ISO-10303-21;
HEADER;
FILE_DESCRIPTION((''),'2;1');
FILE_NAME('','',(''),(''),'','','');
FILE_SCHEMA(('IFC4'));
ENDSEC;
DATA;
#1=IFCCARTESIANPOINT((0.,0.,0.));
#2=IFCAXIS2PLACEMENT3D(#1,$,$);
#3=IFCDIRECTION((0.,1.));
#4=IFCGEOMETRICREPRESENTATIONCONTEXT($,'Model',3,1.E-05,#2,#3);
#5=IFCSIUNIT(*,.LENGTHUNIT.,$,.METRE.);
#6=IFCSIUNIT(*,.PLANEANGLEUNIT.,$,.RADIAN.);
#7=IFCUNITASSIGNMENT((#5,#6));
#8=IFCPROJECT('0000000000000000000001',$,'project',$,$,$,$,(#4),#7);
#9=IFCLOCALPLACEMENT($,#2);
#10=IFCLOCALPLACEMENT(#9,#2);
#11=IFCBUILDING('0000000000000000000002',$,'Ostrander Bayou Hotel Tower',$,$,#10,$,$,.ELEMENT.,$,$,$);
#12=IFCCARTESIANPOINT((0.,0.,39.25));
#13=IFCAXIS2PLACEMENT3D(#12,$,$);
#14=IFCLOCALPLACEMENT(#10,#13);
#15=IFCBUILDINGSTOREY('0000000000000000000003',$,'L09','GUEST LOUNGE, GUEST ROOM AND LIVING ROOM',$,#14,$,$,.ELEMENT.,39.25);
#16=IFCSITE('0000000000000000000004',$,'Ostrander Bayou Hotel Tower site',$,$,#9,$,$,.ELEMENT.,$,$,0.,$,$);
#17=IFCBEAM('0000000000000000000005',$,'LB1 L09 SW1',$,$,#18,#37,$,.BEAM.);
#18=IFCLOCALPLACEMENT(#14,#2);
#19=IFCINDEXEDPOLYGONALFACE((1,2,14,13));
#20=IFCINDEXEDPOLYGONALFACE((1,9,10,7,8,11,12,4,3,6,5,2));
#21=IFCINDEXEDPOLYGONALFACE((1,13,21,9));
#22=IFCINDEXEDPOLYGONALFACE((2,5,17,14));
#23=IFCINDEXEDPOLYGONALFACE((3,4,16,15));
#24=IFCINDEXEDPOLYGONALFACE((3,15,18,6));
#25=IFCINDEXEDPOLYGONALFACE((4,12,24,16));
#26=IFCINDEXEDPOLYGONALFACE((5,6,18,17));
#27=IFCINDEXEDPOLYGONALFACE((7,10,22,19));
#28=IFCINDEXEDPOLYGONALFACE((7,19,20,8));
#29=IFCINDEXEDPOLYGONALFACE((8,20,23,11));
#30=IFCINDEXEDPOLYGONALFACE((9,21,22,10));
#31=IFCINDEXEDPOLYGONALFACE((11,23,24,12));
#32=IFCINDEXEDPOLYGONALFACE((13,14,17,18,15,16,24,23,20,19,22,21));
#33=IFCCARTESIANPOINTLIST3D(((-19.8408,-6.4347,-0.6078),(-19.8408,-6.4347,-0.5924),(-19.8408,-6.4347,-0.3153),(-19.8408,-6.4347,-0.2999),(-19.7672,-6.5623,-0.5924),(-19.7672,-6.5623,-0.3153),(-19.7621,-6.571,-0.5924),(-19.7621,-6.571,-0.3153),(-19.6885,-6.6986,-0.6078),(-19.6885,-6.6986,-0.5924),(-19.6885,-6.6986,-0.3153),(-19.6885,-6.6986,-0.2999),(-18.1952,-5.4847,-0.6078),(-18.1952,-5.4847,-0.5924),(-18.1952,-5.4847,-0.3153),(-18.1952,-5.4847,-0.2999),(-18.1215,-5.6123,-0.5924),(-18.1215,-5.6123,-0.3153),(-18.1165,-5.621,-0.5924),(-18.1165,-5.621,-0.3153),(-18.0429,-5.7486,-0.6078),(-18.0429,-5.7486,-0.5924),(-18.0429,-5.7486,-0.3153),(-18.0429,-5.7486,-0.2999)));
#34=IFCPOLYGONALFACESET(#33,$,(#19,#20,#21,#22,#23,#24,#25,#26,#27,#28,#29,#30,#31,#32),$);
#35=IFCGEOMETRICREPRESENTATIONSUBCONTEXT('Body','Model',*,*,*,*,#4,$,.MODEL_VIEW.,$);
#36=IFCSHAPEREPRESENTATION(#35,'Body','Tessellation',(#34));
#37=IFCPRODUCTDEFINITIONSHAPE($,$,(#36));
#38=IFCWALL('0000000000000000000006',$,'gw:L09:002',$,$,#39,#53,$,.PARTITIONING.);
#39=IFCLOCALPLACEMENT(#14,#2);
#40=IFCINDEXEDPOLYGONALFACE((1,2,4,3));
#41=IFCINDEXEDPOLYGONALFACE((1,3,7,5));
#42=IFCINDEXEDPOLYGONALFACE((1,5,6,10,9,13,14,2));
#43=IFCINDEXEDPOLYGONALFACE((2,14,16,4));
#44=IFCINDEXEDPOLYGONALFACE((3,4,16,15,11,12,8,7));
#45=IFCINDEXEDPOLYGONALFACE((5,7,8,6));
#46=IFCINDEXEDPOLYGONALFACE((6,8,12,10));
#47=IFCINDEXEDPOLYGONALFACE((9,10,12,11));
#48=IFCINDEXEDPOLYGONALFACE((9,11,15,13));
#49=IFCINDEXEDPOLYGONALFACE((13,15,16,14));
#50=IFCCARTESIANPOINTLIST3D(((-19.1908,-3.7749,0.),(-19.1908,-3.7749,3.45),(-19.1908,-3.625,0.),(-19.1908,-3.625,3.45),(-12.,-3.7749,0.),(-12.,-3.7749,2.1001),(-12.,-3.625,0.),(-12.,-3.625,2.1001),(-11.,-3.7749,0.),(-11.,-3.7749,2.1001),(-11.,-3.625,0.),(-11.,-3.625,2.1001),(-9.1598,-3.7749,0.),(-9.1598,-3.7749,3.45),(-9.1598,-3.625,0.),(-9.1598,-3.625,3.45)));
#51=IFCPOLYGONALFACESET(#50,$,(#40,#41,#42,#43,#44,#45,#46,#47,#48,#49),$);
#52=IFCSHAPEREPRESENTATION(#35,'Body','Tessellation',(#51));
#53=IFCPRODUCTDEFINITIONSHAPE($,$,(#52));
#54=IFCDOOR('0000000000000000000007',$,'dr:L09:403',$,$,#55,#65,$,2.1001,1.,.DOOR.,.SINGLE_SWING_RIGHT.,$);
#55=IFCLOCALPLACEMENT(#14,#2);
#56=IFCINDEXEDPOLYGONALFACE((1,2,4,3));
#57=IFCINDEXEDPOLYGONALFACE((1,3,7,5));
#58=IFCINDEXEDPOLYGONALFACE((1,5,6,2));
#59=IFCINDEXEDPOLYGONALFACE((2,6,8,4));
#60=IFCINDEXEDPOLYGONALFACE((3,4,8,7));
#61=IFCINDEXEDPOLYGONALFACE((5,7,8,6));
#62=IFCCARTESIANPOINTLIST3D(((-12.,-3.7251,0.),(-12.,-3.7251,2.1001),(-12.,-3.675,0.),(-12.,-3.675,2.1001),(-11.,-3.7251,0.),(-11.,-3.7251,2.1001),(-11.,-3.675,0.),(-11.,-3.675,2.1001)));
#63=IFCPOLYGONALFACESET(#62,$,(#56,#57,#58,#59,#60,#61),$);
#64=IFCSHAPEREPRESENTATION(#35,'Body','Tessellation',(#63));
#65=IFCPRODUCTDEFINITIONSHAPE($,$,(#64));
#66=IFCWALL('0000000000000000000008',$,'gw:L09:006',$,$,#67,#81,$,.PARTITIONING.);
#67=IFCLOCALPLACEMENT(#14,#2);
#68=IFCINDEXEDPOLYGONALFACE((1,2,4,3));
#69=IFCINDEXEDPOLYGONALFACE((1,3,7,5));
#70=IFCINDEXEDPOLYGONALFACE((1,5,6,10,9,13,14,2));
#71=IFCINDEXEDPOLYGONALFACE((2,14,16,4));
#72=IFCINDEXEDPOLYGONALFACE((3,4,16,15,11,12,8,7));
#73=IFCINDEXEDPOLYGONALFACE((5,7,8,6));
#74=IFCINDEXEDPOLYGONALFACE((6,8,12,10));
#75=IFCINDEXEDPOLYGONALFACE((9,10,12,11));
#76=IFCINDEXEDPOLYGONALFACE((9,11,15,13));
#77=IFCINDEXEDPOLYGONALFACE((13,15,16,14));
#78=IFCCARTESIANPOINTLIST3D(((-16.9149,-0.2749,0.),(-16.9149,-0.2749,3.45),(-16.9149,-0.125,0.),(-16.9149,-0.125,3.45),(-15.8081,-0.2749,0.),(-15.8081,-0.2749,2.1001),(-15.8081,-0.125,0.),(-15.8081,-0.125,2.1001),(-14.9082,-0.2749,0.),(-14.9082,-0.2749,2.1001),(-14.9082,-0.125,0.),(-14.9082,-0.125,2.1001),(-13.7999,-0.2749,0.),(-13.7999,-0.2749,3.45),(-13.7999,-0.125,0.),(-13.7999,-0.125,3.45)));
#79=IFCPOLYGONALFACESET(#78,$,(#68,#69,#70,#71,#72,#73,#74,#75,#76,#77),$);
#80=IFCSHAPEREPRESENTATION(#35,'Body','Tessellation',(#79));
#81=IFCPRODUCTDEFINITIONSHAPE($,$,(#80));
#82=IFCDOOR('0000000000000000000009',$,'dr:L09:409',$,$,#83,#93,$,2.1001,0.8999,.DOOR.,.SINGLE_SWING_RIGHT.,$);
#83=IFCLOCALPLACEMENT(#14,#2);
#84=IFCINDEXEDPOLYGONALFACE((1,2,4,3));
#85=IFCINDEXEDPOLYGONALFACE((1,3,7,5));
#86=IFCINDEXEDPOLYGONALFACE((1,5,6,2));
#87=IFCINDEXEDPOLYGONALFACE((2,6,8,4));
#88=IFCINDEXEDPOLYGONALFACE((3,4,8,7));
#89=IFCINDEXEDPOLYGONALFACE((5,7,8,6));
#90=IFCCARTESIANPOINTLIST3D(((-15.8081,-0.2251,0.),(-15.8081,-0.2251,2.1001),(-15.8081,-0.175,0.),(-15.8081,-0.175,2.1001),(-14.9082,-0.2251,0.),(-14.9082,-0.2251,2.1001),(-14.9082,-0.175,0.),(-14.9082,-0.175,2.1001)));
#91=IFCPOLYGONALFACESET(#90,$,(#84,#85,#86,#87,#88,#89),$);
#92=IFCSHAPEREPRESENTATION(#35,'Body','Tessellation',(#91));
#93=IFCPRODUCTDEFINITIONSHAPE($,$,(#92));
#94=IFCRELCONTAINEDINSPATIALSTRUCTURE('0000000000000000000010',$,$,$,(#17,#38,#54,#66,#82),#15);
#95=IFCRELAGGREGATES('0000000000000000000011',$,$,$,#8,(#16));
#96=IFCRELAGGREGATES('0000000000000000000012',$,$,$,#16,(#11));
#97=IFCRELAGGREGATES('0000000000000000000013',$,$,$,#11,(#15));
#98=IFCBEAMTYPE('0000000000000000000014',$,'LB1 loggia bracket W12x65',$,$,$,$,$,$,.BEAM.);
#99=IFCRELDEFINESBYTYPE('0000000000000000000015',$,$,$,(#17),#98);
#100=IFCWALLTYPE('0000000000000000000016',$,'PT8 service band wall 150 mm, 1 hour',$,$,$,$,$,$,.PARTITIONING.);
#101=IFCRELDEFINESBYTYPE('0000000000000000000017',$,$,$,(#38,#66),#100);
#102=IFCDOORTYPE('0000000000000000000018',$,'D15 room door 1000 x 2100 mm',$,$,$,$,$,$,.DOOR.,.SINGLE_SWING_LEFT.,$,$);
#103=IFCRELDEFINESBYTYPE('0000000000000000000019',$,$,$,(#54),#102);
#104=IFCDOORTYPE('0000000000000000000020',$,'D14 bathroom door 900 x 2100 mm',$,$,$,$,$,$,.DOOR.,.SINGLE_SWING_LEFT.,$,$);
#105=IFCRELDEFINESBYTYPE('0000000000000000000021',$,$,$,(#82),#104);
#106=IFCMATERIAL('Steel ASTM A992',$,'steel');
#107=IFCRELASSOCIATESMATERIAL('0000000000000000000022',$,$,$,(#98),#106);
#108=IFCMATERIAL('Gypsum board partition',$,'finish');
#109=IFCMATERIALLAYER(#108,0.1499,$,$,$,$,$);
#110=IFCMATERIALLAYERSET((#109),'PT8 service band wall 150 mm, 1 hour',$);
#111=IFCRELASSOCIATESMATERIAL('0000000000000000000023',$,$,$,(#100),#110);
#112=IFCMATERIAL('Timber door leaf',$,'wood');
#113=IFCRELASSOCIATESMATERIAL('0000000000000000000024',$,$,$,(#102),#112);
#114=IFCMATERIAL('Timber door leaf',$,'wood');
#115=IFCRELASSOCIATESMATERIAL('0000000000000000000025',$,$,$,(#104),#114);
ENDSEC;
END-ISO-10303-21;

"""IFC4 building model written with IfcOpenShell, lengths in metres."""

from ifc_helpers import new_model, si_unit, direction, frame, frame_2d, origin, origin_2d, place, context, subcontext, project, spatial, rectangle, i_section, extrude, material, layer, layer_set, material_profile, profile_set, type_object, element, fill, save


model = new_model("IFC4")

# Units and contexts
model_context = context("Model", 3, precision=1e-05, world=origin(), true_north=direction((0.0, 1.0)))
body_context = subcontext(model_context, "Body", "Model", "MODEL_VIEW")
ifc_project = project(units=[si_unit("LENGTHUNIT", "METRE"), si_unit("PLANEANGLEUNIT", "RADIAN")], contexts=[model_context])

# Site, building, storey
site_placement = place(None, origin())
site = spatial("IfcSite", under=ifc_project, at=site_placement, Name="Ostrander Bayou Hotel Tower site", CompositionType="ELEMENT", RefElevation=0.0)
building_placement = place(site_placement, origin())
building = spatial("IfcBuilding", under=site, at=building_placement, Name="Ostrander Bayou Hotel Tower", CompositionType="ELEMENT")
storey_placement = place(building_placement, frame((0.0, 0.0, 39.25)))
storey = spatial("IfcBuildingStorey", under=building, at=storey_placement, Name="L09", Description="GUEST LOUNGE, GUEST ROOM AND LIVING ROOM", CompositionType="ELEMENT", Elevation=39.25)

# Beam
ifc_material_1 = material(Name="Steel ASTM A992", Category="steel")
ifc_material_profile = material_profile(ifc_material_1, i_section(OverallWidth=0.3047, OverallDepth=0.3079, WebThickness=0.01, FlangeThickness=0.0154, at=origin_2d()))
ifc_profile_set = profile_set([ifc_material_profile], Name="Steel ASTM A992")
beam_type = type_object("IfcBeamType", Name="LB1 loggia bracket W12x65", PredefinedType="BEAM", material=ifc_profile_set)
beam_placement = place(storey_placement, frame((-19.7646, -6.5667, -0.4539), z_axis=(0.866044, 0.499967, 0.0), x_axis=(-0.499967, 0.866044, 0.0)))
element("IfcBeam", 1, at=beam_placement, inside=storey, type_object=beam_type, Name="LB1 L09 SW1", PredefinedType="BEAM", context=body_context, shape_type="SweptSolid", body=[
    extrude(i_section(OverallWidth=0.3047, OverallDepth=0.3079, WebThickness=0.01, FlangeThickness=0.0154, at=origin_2d()), origin(), (0.0, 0.0, 1.0), 1.9001),
])

# Walls, openings, doors
ifc_material_2 = material(Name="Gypsum board partition", Category="finish")
ifc_layer_1 = layer(ifc_material_2, 0.1499)
ifc_layer_set_1 = layer_set([ifc_layer_1], Name="PT8 service band wall 150 mm, 1 hour")
wall_type_1 = type_object("IfcWallType", Name="PT8 service band wall 150 mm, 1 hour", PredefinedType="PARTITIONING", material=ifc_layer_set_1)
wall_1_placement = place(storey_placement, frame((-19.1909, -3.7, 0.0), z_axis=(0.0, 0.0, 1.0), x_axis=(1.0, 0.0, 0.0)))
wall_1 = element("IfcWall", 2, at=wall_1_placement, inside=storey, type_object=wall_type_1, Name="gw:L09:002", PredefinedType="PARTITIONING", context=body_context, shape_type="SweptSolid", body=[
    extrude(rectangle(XDim=10.031, YDim=0.1499, at=frame_2d((5.0156, 0.0))), origin(), (0.0, 0.0, 1.0), 3.45),
])
opening_1_placement = place(wall_1_placement, frame((7.1909, 0.0, 0.0)))
opening_1 = element("IfcOpeningElement", 3, at=opening_1_placement, cuts=wall_1, PredefinedType="OPENING", context=body_context, shape_type="SweptSolid", body=[
    extrude(rectangle(XDim=1.0, YDim=2.1001, at=frame_2d((0.5, 1.05))), frame((0.0, 0.075, 0.0), z_axis=(0.0, -1.0, 0.0), x_axis=(1.0, 0.0, 0.0)), (0.0, 0.0, 1.0), 0.1499),
])
ifc_material_3 = material(Name="Timber door leaf", Category="wood")
door_type_1 = type_object("IfcDoorType", Name="D15 room door 1000 x 2100 mm", OperationType="SINGLE_SWING_LEFT", PredefinedType="DOOR", material=ifc_material_3)
door_1_placement = place(opening_1_placement, origin())
door_1 = element("IfcDoor", 4, at=door_1_placement, inside=storey, type_object=door_type_1, Name="dr:L09:403", OperationType="SINGLE_SWING_RIGHT", OverallHeight=2.1001, OverallWidth=1.0, PredefinedType="DOOR", context=body_context, shape_type="SweptSolid", body=[
    extrude(rectangle(XDim=1.0, YDim=2.1001, at=frame_2d((0.5, 1.05))), frame((0.0, 0.0249, 0.0), z_axis=(0.0, -1.0, 0.0), x_axis=(1.0, 0.0, 0.0)), (0.0, 0.0, 1.0), 0.05),
])
fill(opening_1, door_1)
wall_2_placement = place(storey_placement, frame((-16.915, -0.2, 0.0), z_axis=(0.0, 0.0, 1.0), x_axis=(1.0, 0.0, 0.0)))
wall_2 = element("IfcWall", 5, at=wall_2_placement, inside=storey, type_object=wall_type_1, Name="gw:L09:006", PredefinedType="PARTITIONING", context=body_context, shape_type="SweptSolid", body=[
    extrude(rectangle(XDim=3.115, YDim=0.1499, at=frame_2d((1.5576, 0.0))), origin(), (0.0, 0.0, 1.0), 3.45),
])
opening_2_placement = place(wall_2_placement, frame((1.1069, 0.0, 0.0)))
opening_2 = element("IfcOpeningElement", 6, at=opening_2_placement, cuts=wall_2, PredefinedType="OPENING", context=body_context, shape_type="SweptSolid", body=[
    extrude(rectangle(XDim=0.8999, YDim=2.1001, at=frame_2d((0.45, 1.05))), frame((0.0, 0.075, 0.0), z_axis=(0.0, -1.0, 0.0), x_axis=(1.0, 0.0, 0.0)), (0.0, 0.0, 1.0), 0.1499),
])
ifc_material_4 = material(Name="Timber door leaf", Category="wood")
door_type_2 = type_object("IfcDoorType", Name="D14 bathroom door 900 x 2100 mm", OperationType="SINGLE_SWING_LEFT", PredefinedType="DOOR", material=ifc_material_4)
door_2_placement = place(opening_2_placement, origin())
door_2 = element("IfcDoor", 7, at=door_2_placement, inside=storey, type_object=door_type_2, Name="dr:L09:409", OperationType="SINGLE_SWING_RIGHT", OverallHeight=2.1001, OverallWidth=0.8999, PredefinedType="DOOR", context=body_context, shape_type="SweptSolid", body=[
    extrude(rectangle(XDim=0.8999, YDim=2.1001, at=frame_2d((0.45, 1.05))), frame((0.0, 0.0249, 0.0), z_axis=(0.0, -1.0, 0.0), x_axis=(1.0, 0.0, 0.0)), (0.0, 0.0, 1.0), 0.05),
])
fill(opening_2, door_2)

save(model, "model.ifc")
